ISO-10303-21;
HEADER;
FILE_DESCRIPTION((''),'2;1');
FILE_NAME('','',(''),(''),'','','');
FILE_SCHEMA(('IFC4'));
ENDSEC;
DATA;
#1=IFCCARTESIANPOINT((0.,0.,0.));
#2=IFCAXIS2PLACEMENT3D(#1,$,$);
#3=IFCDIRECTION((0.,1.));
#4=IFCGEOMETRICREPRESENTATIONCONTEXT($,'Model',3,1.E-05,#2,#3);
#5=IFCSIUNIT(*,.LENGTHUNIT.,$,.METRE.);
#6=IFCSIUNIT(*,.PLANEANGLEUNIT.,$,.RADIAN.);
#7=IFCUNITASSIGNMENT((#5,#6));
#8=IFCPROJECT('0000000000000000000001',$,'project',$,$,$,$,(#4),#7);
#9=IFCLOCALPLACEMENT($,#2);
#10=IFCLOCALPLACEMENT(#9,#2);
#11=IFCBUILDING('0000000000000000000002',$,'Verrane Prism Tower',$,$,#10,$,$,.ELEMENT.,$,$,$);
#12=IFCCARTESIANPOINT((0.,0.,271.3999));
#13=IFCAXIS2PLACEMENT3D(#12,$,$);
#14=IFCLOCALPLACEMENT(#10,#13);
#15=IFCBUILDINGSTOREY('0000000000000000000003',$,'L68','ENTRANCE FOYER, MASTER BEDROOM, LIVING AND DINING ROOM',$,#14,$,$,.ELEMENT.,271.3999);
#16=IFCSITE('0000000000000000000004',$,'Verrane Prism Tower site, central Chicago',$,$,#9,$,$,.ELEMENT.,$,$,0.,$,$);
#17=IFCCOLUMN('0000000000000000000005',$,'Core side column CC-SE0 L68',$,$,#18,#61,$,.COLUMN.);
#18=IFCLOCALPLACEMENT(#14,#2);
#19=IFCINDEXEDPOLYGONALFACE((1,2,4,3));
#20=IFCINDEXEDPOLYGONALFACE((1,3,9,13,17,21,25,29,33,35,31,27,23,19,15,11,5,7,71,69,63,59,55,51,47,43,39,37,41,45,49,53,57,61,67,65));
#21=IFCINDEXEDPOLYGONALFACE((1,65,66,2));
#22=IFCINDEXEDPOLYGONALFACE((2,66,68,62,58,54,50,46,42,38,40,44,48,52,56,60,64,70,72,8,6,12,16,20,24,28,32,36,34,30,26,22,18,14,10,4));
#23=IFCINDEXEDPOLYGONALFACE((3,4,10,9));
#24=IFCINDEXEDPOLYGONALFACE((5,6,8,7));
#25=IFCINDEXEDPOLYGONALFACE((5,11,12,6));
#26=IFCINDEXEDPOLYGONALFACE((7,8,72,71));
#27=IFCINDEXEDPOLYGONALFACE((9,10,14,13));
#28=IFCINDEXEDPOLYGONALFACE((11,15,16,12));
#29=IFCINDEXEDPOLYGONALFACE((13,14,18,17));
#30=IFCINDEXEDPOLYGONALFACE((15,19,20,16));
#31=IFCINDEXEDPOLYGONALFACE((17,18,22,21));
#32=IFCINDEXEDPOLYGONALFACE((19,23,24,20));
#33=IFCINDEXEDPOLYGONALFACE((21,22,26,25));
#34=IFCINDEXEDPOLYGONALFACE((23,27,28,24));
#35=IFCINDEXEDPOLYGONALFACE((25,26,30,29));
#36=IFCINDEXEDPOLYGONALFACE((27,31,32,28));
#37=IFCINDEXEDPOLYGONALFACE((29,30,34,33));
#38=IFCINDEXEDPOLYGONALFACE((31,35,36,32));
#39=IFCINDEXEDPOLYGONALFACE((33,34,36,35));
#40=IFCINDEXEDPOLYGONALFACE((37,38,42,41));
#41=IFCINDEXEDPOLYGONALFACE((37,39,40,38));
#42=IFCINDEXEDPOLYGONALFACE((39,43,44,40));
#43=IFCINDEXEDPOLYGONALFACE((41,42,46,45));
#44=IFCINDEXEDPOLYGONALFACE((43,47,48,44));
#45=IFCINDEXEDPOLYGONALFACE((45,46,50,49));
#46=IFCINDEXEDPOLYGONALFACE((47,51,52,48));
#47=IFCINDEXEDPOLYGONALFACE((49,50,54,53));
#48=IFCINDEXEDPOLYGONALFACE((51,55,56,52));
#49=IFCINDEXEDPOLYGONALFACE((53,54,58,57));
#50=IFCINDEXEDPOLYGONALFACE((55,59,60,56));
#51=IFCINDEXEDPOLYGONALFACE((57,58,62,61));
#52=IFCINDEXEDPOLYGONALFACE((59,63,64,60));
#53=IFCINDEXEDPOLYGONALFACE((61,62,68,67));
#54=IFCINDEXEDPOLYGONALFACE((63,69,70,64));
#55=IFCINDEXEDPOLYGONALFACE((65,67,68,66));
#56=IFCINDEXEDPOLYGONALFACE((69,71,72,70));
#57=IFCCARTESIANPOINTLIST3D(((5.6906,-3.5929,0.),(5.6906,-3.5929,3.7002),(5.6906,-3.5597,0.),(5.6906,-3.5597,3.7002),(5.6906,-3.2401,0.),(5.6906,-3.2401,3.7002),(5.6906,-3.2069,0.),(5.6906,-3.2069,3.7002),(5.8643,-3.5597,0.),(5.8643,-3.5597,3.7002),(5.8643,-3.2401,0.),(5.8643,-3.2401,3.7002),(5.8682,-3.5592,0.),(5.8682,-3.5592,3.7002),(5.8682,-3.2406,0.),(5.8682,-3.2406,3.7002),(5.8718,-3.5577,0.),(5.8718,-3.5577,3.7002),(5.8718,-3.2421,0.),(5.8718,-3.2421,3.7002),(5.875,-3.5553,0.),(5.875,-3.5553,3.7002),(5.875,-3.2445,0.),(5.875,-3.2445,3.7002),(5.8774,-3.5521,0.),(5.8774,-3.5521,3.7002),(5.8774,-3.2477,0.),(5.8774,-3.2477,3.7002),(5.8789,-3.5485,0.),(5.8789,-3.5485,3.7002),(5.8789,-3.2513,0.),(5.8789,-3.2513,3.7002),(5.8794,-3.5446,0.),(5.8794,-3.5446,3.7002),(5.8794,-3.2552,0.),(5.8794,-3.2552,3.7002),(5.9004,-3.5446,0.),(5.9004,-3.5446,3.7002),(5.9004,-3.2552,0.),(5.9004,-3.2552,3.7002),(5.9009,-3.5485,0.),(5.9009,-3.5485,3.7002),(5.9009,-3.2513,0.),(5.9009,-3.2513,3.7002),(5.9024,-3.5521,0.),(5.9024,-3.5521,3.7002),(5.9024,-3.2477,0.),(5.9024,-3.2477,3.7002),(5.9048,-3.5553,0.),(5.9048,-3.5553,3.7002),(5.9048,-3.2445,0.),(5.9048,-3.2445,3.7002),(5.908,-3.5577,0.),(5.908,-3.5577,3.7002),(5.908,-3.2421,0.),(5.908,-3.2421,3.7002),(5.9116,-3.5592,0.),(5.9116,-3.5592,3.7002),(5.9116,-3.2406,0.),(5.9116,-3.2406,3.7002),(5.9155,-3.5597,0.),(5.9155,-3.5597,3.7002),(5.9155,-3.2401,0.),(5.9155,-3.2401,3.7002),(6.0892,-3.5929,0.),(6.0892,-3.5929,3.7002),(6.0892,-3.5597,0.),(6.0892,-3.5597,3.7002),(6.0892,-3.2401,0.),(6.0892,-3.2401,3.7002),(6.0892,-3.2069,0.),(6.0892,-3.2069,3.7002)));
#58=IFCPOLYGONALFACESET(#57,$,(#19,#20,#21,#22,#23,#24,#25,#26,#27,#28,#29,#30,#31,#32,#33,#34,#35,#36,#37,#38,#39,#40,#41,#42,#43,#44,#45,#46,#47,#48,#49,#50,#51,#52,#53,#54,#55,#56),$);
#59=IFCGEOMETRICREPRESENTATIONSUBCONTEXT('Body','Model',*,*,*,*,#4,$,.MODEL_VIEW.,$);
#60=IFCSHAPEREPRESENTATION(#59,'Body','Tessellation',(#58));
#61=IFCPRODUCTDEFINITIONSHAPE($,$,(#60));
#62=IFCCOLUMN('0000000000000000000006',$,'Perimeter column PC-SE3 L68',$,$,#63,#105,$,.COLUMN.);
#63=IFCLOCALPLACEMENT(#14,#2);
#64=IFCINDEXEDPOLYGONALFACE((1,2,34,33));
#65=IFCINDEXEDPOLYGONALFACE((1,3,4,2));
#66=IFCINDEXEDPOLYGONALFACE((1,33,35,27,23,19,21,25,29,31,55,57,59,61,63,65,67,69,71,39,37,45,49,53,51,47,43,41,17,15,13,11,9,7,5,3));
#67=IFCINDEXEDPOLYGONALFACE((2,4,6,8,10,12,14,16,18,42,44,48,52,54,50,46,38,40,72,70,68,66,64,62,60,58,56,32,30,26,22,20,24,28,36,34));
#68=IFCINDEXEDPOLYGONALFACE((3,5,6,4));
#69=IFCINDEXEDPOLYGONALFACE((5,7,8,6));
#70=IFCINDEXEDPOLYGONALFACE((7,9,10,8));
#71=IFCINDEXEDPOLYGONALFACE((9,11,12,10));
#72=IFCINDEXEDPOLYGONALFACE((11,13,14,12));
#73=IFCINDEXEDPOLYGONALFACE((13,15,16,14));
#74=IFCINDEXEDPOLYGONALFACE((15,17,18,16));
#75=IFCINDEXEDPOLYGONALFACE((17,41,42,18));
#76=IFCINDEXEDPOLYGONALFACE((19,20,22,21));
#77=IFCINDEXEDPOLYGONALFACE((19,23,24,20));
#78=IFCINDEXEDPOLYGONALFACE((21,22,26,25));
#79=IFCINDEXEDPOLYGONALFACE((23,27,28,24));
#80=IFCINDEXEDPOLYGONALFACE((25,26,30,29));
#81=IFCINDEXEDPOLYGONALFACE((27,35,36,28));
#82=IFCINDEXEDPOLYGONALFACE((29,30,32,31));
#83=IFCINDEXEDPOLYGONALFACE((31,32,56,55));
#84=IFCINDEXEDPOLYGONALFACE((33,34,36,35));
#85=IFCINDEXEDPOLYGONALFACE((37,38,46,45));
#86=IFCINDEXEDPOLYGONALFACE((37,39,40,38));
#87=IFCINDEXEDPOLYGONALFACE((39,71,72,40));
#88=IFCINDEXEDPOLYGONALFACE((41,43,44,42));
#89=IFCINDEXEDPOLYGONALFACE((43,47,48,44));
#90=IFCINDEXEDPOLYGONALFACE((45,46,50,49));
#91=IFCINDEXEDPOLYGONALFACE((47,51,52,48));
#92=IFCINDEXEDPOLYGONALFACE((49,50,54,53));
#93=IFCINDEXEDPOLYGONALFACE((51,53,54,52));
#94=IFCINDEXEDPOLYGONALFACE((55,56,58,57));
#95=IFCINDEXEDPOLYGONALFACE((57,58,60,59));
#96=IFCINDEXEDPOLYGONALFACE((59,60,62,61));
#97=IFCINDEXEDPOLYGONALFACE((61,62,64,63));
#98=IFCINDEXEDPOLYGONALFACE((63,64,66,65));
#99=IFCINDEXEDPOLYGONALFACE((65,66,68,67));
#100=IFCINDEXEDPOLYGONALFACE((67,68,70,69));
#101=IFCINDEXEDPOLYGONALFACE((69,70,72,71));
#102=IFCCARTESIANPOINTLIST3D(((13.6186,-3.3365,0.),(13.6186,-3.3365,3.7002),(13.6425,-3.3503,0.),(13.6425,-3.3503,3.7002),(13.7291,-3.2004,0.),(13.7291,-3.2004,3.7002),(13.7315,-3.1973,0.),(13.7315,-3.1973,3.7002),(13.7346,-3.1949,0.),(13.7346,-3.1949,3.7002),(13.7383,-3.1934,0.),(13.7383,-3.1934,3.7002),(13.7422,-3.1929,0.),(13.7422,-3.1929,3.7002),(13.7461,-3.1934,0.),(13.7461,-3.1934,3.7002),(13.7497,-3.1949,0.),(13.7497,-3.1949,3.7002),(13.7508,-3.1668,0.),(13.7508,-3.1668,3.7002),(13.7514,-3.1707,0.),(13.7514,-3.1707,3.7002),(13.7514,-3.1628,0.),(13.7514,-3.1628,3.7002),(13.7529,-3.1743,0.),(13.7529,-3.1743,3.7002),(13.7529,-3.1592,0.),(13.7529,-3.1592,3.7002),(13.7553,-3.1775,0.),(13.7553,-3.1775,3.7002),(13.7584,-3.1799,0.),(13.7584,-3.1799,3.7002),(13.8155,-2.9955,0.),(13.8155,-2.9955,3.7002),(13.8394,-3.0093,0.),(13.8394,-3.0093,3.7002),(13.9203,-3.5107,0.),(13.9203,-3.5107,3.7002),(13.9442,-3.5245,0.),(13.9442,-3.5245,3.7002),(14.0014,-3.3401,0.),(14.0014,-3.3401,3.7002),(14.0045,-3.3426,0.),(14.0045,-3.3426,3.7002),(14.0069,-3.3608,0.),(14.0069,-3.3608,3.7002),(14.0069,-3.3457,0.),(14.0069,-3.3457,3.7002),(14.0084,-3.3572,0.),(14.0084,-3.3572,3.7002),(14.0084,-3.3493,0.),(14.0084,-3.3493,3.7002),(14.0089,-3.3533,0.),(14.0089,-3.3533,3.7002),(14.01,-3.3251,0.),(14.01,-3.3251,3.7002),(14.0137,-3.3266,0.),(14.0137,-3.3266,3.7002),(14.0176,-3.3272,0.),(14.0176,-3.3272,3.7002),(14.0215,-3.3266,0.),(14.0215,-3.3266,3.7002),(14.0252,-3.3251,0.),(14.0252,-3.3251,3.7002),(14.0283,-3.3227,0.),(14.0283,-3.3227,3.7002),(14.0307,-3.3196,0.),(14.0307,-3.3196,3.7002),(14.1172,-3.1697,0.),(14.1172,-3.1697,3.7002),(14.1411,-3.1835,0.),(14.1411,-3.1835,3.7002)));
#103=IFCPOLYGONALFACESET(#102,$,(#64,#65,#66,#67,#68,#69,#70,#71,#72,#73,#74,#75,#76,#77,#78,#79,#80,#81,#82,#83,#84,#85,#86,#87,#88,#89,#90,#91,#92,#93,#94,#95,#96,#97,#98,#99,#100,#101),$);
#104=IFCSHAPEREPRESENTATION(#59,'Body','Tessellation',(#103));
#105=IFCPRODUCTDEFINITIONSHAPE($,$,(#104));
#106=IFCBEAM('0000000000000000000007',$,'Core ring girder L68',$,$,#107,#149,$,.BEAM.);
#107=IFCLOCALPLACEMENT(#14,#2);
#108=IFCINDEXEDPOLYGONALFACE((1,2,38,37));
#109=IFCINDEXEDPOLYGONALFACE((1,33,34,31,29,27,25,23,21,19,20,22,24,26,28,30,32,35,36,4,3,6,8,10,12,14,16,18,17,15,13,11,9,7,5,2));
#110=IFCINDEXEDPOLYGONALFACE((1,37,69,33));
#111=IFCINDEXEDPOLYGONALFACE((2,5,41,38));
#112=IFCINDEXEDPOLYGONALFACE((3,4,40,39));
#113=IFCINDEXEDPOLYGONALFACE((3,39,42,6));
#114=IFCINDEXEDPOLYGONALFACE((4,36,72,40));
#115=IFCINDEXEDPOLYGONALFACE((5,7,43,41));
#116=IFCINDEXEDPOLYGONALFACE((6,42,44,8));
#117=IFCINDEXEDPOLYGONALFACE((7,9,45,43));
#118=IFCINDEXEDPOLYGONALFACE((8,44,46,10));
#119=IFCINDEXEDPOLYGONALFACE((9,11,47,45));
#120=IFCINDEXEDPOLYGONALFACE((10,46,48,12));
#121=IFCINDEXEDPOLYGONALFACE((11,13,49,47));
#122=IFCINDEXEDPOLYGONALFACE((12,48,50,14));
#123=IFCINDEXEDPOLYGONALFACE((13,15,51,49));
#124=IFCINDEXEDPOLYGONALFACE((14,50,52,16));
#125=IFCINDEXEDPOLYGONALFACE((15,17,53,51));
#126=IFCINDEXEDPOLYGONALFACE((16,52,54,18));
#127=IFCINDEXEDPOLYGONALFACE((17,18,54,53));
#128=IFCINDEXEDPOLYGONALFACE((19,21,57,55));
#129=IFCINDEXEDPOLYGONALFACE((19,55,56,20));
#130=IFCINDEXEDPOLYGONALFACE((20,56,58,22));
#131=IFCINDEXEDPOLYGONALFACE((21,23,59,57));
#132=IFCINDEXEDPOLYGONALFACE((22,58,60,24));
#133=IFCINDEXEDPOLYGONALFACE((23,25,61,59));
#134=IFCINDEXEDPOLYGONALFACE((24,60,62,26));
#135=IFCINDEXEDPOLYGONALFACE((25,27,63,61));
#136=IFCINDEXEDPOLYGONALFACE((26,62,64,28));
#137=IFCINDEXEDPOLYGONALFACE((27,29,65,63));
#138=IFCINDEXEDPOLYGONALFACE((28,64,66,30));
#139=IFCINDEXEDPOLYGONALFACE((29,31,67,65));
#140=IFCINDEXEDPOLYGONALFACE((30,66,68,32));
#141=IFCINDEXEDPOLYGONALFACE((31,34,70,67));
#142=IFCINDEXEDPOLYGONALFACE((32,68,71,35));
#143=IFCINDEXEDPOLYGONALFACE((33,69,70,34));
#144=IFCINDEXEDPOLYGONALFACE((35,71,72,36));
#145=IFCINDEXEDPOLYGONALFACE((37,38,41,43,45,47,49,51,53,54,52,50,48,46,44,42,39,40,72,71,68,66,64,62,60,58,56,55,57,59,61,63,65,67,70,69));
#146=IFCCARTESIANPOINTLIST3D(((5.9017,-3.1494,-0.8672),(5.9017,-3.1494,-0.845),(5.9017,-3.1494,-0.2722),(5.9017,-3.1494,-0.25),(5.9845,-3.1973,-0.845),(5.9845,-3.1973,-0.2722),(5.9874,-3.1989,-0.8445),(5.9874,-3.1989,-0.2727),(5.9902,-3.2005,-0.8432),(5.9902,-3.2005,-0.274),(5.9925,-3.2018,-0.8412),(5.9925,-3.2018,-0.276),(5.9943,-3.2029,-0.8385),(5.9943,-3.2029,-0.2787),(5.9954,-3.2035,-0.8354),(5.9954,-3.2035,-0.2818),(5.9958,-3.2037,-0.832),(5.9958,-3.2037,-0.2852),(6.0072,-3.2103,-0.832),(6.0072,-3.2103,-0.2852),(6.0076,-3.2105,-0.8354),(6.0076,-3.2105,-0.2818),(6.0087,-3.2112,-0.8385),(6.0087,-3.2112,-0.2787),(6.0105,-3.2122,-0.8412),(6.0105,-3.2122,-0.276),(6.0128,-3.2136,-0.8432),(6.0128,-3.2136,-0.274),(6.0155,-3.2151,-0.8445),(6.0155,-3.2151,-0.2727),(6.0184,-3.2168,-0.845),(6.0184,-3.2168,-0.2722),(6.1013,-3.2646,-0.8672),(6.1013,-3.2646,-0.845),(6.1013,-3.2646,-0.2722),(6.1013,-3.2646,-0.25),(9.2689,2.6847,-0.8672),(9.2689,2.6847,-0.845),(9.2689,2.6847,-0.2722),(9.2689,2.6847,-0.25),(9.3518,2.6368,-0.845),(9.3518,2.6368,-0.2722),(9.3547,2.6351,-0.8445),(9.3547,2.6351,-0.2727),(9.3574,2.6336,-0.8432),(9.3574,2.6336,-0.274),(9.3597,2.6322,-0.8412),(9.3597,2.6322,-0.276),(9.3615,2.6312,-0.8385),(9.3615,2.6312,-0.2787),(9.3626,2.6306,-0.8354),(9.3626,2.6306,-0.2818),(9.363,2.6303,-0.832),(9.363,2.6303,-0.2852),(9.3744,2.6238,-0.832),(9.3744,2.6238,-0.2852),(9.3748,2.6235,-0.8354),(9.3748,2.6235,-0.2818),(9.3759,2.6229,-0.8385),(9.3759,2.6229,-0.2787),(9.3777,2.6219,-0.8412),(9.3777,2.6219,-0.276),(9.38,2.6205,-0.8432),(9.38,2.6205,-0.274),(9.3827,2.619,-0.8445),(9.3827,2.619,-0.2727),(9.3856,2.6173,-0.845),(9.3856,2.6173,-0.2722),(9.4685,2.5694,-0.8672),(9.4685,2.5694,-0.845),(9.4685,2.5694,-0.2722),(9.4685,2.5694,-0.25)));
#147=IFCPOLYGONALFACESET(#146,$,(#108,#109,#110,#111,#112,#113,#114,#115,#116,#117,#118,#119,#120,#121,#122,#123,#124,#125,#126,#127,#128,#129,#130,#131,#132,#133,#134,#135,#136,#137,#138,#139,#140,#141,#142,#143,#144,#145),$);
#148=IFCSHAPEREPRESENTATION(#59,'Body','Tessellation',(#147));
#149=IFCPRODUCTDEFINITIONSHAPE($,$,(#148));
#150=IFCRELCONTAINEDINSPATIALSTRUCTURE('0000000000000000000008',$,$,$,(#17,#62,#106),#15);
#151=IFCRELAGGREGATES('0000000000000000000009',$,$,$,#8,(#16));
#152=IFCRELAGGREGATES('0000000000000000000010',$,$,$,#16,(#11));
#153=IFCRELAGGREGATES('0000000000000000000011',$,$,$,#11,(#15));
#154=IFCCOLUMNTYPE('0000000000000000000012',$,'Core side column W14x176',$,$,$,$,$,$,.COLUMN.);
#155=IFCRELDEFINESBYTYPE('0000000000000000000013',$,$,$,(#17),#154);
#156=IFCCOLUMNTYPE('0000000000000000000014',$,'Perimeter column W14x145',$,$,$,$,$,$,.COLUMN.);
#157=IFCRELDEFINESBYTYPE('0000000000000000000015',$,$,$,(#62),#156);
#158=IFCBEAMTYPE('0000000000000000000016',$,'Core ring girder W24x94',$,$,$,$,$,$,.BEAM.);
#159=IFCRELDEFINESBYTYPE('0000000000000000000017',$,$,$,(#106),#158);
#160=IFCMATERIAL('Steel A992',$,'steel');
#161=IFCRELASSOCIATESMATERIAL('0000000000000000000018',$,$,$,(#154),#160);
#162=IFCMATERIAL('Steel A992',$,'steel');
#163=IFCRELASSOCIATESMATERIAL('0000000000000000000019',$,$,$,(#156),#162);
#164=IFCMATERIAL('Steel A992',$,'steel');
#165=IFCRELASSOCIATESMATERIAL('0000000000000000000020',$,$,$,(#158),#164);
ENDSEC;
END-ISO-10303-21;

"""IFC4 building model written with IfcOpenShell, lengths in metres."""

from ifc_helpers import new_model, si_unit, direction, frame, origin, origin_2d, place, context, subcontext, project, spatial, i_section, extrude, material, material_profile, profile_set, type_object, element, save


model = new_model("IFC4")

# Units and contexts
model_context = context("Model", 3, precision=1e-05, world=origin(), true_north=direction((0.0, 1.0)))
body_context = subcontext(model_context, "Body", "Model", "MODEL_VIEW")
ifc_project = project(units=[si_unit("LENGTHUNIT", "METRE"), si_unit("PLANEANGLEUNIT", "RADIAN")], contexts=[model_context])

# Site, building, storey
site_placement = place(None, origin())
site = spatial("IfcSite", under=ifc_project, at=site_placement, Name="Verrane Prism Tower site, central Chicago", CompositionType="ELEMENT", RefElevation=0.0)
building_placement = place(site_placement, origin())
building = spatial("IfcBuilding", under=site, at=building_placement, Name="Verrane Prism Tower", CompositionType="ELEMENT")
storey_placement = place(building_placement, frame((0.0, 0.0, 271.3999)))
storey = spatial("IfcBuildingStorey", under=building, at=storey_placement, Name="L68", Description="ENTRANCE FOYER, MASTER BEDROOM, LIVING AND DINING ROOM", CompositionType="ELEMENT", Elevation=271.3999)

# Columns
ifc_material_1 = material(Name="Steel A992", Category="steel")
ifc_material_profile_1 = material_profile(ifc_material_1, i_section(OverallWidth=0.3987, OverallDepth=0.386, WebThickness=0.021, FlangeThickness=0.0332, FilletRadius=0.0151, at=origin_2d()), Name="W14x176")
ifc_profile_set_1 = profile_set([ifc_material_profile_1], Name="Steel A992")
column_type_1 = type_object("IfcColumnType", Name="Core side column W14x176", PredefinedType="COLUMN", material=ifc_profile_set_1)
column_1_placement = place(storey_placement, frame((5.8899, -3.3999, 0.0), z_axis=(0.0, 0.0, 1.0), x_axis=(1.0, 0.0, 0.0)))
element("IfcColumn", 1, at=column_1_placement, inside=storey, type_object=column_type_1, Name="Core side column CC-SE0 L68", PredefinedType="COLUMN", context=body_context, shape_type="SweptSolid", body=[
    extrude(i_section(OverallWidth=0.3987, OverallDepth=0.386, WebThickness=0.021, FlangeThickness=0.0332, FilletRadius=0.0151, at=origin_2d()), origin(), (0.0, 0.0, 1.0), 3.7002),
])
ifc_material_2 = material(Name="Steel A992", Category="steel")
ifc_material_profile_2 = material_profile(ifc_material_2, i_section(OverallWidth=0.3938, OverallDepth=0.376, WebThickness=0.0173, FlangeThickness=0.0276, FilletRadius=0.0151, at=origin_2d()), Name="W14x145")
ifc_profile_set_2 = profile_set([ifc_material_profile_2], Name="Steel A992")
column_type_2 = type_object("IfcColumnType", Name="Perimeter column W14x145", PredefinedType="COLUMN", material=ifc_profile_set_2)
column_2_placement = place(storey_placement, frame((13.8799, -3.26, 0.0), z_axis=(0.0, 0.0, 1.0), x_axis=(-0.5, -0.866025, 0.0)))
element("IfcColumn", 2, at=column_2_placement, inside=storey, type_object=column_type_2, Name="Perimeter column PC-SE3 L68", PredefinedType="COLUMN", context=body_context, shape_type="SweptSolid", body=[
    extrude(i_section(OverallWidth=0.3938, OverallDepth=0.376, WebThickness=0.0173, FlangeThickness=0.0276, FilletRadius=0.0151, at=origin_2d()), origin(), (0.0, 0.0, 1.0), 3.7002),
])

# Beam
ifc_material_3 = material(Name="Steel A992", Category="steel")
ifc_material_profile_3 = material_profile(ifc_material_3, i_section(OverallWidth=0.2305, OverallDepth=0.6172, WebThickness=0.0132, FlangeThickness=0.0222, FilletRadius=0.0129, at=origin_2d()), Name="W24x94")
ifc_profile_set_3 = profile_set([ifc_material_profile_3], Name="Steel A992")
beam_type_1 = type_object("IfcBeamType", Name="Core ring girder W24x94", PredefinedType="BEAM", material=ifc_profile_set_3)
beam_1_placement = place(storey_placement, frame((6.0015, -3.207, -0.5586), z_axis=(0.499881, 0.866094, 0.0), x_axis=(-0.866094, 0.499881, 0.0)))
element("IfcBeam", 3, at=beam_1_placement, inside=storey, type_object=beam_type_1, Name="Core ring girder L68", PredefinedType="BEAM", context=body_context, shape_type="SweptSolid", body=[
    extrude(i_section(OverallWidth=0.2305, OverallDepth=0.6172, WebThickness=0.0132, FlangeThickness=0.0222, FilletRadius=0.0129, at=origin_2d()), origin(), (0.0, 0.0, 1.0), 6.7361),
])

save(model, "model.ifc")
